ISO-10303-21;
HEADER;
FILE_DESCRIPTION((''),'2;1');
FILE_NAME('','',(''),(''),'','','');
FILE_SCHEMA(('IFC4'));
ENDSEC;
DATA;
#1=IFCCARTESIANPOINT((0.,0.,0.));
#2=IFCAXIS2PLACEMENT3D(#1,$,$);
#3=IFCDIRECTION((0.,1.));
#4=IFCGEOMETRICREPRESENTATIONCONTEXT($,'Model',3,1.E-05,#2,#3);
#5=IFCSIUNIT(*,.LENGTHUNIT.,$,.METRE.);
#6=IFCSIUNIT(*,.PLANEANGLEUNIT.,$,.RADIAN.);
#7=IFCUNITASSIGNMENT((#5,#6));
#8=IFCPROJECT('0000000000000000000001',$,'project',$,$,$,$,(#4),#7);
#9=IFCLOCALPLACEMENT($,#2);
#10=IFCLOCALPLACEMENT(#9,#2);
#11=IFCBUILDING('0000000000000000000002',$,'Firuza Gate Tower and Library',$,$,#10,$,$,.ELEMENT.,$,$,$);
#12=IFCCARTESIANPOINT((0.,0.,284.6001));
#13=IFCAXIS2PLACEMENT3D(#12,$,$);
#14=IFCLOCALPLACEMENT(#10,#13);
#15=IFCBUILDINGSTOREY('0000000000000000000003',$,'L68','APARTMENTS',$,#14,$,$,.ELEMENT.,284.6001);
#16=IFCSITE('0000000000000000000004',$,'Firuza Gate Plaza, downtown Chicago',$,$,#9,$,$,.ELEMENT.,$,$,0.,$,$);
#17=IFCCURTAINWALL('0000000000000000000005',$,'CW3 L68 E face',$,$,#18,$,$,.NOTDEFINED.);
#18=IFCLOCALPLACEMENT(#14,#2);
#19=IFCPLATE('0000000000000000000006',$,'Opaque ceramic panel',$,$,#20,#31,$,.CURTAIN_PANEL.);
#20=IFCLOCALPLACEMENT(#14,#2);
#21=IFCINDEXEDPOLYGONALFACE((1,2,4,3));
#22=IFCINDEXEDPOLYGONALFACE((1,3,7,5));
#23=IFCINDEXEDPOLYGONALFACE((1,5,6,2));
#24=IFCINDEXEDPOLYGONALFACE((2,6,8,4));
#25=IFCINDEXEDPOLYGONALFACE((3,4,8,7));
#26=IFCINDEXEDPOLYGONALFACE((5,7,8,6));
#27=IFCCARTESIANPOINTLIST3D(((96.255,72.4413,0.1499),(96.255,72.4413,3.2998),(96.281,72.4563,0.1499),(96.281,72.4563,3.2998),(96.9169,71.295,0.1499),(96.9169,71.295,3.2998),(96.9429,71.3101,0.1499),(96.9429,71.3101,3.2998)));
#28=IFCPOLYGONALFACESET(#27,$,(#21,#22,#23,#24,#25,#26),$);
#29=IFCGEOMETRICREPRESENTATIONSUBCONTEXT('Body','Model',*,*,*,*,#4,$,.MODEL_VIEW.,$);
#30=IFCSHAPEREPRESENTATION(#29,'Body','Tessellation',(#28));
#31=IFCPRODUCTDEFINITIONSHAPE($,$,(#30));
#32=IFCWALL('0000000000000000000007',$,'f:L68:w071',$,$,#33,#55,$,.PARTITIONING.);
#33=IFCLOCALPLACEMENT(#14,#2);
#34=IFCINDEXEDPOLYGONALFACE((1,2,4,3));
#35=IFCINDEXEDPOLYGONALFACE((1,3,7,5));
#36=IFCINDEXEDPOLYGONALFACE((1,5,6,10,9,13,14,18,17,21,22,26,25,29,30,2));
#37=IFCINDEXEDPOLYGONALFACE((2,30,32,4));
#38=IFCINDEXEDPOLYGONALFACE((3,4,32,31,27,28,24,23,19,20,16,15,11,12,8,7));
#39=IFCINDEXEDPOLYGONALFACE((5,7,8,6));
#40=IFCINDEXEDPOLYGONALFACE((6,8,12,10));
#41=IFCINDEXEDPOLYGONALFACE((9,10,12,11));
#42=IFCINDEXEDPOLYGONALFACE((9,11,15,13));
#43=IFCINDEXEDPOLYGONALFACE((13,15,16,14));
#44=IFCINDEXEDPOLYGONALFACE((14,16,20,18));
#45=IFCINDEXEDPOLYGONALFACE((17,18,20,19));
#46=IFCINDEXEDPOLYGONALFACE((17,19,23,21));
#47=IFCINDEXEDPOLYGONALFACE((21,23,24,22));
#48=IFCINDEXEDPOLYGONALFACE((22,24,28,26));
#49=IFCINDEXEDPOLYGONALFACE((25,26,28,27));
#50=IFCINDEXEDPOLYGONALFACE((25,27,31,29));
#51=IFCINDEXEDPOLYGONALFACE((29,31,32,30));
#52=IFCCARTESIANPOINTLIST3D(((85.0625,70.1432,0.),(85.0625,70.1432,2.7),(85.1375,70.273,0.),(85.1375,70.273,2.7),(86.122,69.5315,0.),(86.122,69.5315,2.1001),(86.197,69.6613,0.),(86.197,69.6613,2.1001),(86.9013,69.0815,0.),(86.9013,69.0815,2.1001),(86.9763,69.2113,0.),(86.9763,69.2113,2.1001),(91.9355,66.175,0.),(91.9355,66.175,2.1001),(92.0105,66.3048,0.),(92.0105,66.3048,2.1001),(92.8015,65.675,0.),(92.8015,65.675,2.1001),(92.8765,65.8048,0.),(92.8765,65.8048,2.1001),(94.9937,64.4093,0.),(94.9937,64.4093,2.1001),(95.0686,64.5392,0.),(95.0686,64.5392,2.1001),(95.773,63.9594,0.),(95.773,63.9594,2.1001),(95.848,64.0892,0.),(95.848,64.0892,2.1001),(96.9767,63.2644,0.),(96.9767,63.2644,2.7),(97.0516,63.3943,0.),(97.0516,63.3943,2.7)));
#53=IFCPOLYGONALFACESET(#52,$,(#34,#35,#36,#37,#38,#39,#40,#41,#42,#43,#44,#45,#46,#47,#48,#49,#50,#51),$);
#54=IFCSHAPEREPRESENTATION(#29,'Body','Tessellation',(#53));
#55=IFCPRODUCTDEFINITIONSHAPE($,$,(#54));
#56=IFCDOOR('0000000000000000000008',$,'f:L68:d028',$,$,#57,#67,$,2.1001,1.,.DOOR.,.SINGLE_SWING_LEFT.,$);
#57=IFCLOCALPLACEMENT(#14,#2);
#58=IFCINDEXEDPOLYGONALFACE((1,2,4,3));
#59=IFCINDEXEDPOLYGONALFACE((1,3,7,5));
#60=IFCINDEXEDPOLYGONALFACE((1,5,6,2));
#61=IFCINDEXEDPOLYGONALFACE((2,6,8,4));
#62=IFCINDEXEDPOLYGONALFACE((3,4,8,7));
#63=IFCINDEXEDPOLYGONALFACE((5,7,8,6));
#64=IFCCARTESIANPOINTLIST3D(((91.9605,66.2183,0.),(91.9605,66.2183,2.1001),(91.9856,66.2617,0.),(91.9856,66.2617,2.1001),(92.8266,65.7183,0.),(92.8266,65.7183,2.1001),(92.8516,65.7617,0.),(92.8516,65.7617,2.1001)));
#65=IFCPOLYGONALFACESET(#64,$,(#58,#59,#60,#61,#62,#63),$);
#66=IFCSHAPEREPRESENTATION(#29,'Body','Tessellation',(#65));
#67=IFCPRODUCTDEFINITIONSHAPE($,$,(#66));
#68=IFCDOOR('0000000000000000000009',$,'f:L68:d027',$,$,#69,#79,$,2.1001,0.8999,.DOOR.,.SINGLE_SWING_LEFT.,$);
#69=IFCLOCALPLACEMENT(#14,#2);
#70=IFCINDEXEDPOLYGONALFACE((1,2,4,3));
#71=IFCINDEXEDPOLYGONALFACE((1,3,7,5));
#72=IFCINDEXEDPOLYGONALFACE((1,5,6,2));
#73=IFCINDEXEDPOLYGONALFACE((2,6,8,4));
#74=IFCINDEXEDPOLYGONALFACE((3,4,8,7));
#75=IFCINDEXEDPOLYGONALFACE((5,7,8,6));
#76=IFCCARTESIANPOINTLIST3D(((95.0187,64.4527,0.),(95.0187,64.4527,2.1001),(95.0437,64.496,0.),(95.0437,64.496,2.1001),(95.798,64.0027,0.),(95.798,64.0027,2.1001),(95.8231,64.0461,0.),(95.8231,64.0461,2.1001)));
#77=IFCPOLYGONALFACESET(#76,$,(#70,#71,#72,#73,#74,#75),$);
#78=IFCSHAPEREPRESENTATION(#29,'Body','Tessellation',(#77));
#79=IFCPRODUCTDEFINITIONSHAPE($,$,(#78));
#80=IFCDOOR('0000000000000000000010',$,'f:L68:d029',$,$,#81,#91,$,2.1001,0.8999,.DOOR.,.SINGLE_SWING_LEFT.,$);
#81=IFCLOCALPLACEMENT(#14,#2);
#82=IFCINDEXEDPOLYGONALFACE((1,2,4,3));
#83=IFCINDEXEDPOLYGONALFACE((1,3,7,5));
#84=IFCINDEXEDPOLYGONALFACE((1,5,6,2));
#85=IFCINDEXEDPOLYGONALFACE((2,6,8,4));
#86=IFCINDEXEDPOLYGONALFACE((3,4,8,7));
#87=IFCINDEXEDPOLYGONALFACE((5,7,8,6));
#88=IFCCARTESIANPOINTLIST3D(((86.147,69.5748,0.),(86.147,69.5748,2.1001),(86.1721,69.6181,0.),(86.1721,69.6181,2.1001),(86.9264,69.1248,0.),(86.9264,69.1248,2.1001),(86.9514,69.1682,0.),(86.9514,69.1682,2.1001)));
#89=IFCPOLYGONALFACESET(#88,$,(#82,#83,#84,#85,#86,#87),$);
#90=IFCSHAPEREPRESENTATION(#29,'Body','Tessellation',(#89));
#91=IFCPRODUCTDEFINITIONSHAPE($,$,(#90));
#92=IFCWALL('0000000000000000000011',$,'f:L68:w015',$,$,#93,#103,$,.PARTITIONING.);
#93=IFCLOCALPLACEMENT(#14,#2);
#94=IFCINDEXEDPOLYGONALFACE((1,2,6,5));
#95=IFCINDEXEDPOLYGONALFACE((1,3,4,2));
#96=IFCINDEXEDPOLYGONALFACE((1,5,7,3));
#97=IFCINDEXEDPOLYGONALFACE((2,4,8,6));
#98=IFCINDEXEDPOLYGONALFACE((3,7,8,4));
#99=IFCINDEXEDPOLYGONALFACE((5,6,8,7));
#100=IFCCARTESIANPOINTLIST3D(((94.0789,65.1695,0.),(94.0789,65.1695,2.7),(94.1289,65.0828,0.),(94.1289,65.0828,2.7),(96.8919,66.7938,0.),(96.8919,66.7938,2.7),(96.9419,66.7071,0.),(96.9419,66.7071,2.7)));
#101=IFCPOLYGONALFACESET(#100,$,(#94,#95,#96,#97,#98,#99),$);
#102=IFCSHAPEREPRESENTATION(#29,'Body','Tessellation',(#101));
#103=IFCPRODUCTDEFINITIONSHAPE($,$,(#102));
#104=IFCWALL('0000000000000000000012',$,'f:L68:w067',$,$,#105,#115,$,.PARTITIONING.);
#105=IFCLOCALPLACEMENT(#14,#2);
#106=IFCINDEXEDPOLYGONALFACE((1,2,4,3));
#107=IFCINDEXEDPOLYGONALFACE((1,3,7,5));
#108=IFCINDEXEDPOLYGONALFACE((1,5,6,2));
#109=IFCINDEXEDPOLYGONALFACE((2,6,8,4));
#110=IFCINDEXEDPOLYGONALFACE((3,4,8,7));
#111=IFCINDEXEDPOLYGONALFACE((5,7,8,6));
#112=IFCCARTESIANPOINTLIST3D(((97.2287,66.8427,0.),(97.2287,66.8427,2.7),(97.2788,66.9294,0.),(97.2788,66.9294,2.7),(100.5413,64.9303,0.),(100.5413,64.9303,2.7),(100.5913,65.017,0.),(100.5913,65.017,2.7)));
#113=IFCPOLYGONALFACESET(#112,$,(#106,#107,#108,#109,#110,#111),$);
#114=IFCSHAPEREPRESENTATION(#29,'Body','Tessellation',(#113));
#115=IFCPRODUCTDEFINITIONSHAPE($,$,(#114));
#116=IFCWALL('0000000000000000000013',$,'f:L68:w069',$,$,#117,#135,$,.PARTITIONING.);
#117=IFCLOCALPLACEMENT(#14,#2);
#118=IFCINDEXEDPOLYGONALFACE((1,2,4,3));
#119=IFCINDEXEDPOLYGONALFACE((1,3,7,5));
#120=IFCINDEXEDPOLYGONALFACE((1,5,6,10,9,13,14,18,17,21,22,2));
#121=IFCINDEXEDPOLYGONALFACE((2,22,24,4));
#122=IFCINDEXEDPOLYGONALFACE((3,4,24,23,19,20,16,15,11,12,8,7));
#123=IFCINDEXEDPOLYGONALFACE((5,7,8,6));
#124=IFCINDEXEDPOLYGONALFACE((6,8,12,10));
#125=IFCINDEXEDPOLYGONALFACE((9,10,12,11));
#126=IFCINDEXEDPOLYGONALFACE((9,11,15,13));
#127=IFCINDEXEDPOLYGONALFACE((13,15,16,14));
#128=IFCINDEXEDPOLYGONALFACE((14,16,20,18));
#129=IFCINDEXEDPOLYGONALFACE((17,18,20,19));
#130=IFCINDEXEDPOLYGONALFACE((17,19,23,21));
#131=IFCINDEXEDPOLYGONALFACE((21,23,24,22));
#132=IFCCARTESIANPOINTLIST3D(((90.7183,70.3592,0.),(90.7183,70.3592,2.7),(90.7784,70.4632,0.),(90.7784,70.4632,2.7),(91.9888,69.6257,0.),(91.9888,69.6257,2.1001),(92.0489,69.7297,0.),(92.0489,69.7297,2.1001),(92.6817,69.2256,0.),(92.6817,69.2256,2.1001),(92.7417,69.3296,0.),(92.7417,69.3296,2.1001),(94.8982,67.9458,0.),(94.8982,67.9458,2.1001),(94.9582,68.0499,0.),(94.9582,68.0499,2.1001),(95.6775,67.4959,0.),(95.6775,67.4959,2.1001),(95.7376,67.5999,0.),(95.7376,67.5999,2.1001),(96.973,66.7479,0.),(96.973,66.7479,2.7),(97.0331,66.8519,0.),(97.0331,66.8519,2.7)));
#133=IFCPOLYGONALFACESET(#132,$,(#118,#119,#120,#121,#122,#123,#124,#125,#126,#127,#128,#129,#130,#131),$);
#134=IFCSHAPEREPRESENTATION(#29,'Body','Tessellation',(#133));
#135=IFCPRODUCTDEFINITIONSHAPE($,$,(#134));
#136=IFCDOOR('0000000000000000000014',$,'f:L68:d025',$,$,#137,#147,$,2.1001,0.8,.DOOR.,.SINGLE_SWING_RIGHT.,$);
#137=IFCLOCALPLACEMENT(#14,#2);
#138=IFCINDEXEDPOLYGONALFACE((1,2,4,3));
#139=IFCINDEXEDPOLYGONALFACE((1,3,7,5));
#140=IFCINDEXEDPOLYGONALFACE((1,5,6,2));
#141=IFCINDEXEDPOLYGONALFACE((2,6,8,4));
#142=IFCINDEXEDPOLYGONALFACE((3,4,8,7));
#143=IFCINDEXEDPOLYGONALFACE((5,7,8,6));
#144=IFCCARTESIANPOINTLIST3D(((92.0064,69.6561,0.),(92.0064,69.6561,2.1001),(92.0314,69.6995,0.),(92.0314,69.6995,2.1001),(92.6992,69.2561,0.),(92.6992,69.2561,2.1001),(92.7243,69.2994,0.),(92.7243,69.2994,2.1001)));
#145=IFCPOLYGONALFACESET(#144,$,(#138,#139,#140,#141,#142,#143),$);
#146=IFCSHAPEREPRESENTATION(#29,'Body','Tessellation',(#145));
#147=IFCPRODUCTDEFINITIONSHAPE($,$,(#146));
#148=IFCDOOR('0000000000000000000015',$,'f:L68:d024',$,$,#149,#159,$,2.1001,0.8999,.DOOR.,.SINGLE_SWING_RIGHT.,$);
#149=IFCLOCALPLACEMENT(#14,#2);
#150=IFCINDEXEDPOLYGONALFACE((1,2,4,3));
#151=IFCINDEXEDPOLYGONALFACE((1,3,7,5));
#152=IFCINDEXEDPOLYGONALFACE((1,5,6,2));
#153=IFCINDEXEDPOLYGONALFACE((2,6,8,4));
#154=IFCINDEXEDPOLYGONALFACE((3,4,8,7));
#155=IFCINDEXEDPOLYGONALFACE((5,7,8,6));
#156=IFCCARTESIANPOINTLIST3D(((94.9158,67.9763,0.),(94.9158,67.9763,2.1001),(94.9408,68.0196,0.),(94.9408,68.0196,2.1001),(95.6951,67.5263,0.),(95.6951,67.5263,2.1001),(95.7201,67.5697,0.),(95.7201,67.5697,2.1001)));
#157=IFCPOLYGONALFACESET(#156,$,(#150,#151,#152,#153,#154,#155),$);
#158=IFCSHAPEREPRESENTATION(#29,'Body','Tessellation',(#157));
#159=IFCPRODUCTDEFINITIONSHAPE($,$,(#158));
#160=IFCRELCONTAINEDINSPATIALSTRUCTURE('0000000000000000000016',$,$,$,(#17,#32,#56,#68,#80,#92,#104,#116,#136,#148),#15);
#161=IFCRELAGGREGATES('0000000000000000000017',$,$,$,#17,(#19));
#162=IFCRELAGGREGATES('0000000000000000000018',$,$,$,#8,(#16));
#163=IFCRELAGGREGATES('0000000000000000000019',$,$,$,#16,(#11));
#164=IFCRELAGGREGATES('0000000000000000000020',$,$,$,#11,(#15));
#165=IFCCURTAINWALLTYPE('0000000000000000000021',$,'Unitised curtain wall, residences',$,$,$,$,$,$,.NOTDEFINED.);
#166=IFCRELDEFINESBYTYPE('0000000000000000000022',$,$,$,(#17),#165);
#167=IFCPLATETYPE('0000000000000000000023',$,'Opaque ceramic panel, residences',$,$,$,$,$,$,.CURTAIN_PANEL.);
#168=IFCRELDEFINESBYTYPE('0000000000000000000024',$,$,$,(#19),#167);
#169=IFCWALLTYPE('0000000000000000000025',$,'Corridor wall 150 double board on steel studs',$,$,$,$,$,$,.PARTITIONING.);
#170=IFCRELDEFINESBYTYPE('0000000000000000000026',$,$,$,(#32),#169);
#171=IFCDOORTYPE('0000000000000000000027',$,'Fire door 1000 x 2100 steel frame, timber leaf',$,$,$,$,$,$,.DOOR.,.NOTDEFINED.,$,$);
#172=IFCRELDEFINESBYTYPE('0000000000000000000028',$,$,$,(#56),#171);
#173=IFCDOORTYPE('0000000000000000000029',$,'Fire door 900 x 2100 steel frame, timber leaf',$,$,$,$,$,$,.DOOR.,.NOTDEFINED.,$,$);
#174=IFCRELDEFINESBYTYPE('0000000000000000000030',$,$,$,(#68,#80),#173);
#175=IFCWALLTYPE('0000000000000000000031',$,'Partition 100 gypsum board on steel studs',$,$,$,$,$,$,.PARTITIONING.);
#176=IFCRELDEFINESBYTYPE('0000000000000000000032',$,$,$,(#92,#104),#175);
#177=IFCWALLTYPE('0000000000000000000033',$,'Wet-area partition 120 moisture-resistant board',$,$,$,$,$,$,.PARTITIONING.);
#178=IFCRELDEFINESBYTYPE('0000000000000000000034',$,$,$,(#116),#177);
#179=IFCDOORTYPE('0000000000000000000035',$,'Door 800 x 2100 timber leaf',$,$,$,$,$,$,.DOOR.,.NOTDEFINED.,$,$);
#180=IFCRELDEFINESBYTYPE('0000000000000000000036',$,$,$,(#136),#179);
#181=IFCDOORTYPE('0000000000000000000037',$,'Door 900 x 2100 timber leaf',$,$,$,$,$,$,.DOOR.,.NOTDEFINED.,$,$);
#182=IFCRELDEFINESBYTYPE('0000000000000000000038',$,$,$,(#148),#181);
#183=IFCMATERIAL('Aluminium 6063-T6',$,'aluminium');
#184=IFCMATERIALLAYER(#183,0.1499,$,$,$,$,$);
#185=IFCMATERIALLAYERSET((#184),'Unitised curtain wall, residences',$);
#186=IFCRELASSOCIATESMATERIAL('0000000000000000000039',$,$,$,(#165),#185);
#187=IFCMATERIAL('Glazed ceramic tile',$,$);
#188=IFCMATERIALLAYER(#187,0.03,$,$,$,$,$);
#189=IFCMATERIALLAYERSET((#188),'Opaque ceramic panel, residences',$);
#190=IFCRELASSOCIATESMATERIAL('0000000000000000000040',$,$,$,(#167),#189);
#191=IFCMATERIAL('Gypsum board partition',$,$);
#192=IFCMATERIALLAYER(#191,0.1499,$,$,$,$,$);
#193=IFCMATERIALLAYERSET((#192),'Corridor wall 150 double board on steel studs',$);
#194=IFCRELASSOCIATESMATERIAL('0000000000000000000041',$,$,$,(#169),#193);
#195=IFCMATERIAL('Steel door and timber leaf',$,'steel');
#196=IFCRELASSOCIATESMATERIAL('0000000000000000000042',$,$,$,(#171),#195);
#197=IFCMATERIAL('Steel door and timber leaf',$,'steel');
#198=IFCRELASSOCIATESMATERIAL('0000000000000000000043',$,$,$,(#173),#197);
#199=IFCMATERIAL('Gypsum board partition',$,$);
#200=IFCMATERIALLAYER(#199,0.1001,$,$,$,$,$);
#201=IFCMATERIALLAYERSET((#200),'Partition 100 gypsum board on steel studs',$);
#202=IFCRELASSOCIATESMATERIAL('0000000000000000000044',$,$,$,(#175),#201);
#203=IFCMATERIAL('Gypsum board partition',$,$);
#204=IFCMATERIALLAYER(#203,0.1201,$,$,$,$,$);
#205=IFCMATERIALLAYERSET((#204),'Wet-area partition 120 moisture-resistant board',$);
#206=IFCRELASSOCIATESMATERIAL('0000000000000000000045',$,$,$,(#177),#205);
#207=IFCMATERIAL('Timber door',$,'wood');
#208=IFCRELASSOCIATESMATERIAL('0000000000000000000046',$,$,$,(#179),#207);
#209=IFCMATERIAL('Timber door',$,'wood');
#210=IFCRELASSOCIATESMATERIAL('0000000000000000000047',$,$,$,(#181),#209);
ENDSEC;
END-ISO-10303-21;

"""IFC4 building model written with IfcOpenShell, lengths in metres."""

from ifc_helpers import new_model, si_unit, direction, frame, frame_2d, origin, place, context, subcontext, project, spatial, polyline, rectangle, outline, extrude, material, layer, layer_set, type_object, element, fill, aggregate, save


model = new_model("IFC4")

# Units and contexts
model_context = context("Model", 3, precision=1e-05, world=origin(), true_north=direction((0.0, 1.0)))
body_context = subcontext(model_context, "Body", "Model", "MODEL_VIEW")
ifc_project = project(units=[si_unit("LENGTHUNIT", "METRE"), si_unit("PLANEANGLEUNIT", "RADIAN")], contexts=[model_context])

# Site, building, storey
site_placement = place(None, origin())
site = spatial("IfcSite", under=ifc_project, at=site_placement, Name="Firuza Gate Plaza, downtown Chicago", CompositionType="ELEMENT", RefElevation=0.0)
building_placement = place(site_placement, origin())
building = spatial("IfcBuilding", under=site, at=building_placement, Name="Firuza Gate Tower and Library", CompositionType="ELEMENT")
storey_placement = place(building_placement, frame((0.0, 0.0, 284.6001)))
storey = spatial("IfcBuildingStorey", under=building, at=storey_placement, Name="L68", Description="APARTMENTS", CompositionType="ELEMENT", Elevation=284.6001)

# Curtain wall
ifc_material_1 = material(Name="Aluminium 6063-T6", Category="aluminium")
ifc_layer_1 = layer(ifc_material_1, 0.1499)
ifc_layer_set_1 = layer_set([ifc_layer_1], Name="Unitised curtain wall, residences")
curtain_wall_type = type_object("IfcCurtainWallType", Name="Unitised curtain wall, residences", PredefinedType="NOTDEFINED", material=ifc_layer_set_1)
curtain_wall_placement = place(storey_placement, origin())
curtain_wall = element("IfcCurtainWall", 1, at=curtain_wall_placement, inside=storey, type_object=curtain_wall_type, Name="CW3 L68 E face", PredefinedType="NOTDEFINED")

# Plate
ifc_material_2 = material(Name="Glazed ceramic tile")
ifc_layer_2 = layer(ifc_material_2, 0.03)
ifc_layer_set_2 = layer_set([ifc_layer_2], Name="Opaque ceramic panel, residences")
plate_type_1 = type_object("IfcPlateType", Name="Opaque ceramic panel, residences", PredefinedType="CURTAIN_PANEL", material=ifc_layer_set_2)
plate_1_placement = place(storey_placement, frame((96.9429, 71.3101, 0.1499), z_axis=(0.865998, 0.500047, 0.0), x_axis=(-0.500047, 0.865998, 0.0)))
plate_1 = element("IfcPlate", 2, at=plate_1_placement, type_object=plate_type_1, Name="Opaque ceramic panel", PredefinedType="CURTAIN_PANEL", context=body_context, shape_type="SweptSolid", body=[
    extrude(outline(polyline([(0.0, 0.0), (1.3236, 0.0), (1.3236, 3.1499), (0.0, 3.1499), (0.0, 0.0)])), origin(), (0.0, 0.0, -1.0), 0.03),
])
aggregate(curtain_wall, [plate_1])

# Wall, openings, doors
ifc_material_3 = material(Name="Gypsum board partition")
ifc_layer_3 = layer(ifc_material_3, 0.1499)
ifc_layer_set_3 = layer_set([ifc_layer_3], Name="Corridor wall 150 double board on steel studs")
wall_type_1 = type_object("IfcWallType", Name="Corridor wall 150 double board on steel studs", PredefinedType="PARTITIONING", material=ifc_layer_set_3)
wall_1_placement = place(storey_placement, frame((97.0142, 63.3293, 0.0), z_axis=(0.0, 0.0, 1.0), x_axis=(-0.866023, 0.500004, 0.0)))
wall_1 = element("IfcWall", 3, at=wall_1_placement, inside=storey, type_object=wall_type_1, Name="f:L68:w071", PredefinedType="PARTITIONING", context=body_context, shape_type="SweptSolid", body=[
    extrude(rectangle(XDim=13.7573, YDim=0.1499, at=frame_2d((6.8787, 0.0))), origin(), (0.0, 0.0, 1.0), 2.7),
])
opening_1_placement = place(wall_1_placement, frame((1.3899, 0.0, 0.0)))
opening_1 = element("IfcOpeningElement", 4, at=opening_1_placement, cuts=wall_1, PredefinedType="OPENING", context=body_context, shape_type="SweptSolid", body=[
    extrude(rectangle(XDim=0.8999, YDim=2.1001, at=frame_2d((0.45, 1.05))), frame((0.0, 0.085, 0.0), z_axis=(0.0, -1.0, 0.0), x_axis=(1.0, 0.0, 0.0)), (0.0, 0.0, 1.0), 0.1699),
])
opening_2_placement = place(wall_1_placement, frame((4.821, 0.0, 0.0)))
opening_2 = element("IfcOpeningElement", 5, at=opening_2_placement, cuts=wall_1, PredefinedType="OPENING", context=body_context, shape_type="SweptSolid", body=[
    extrude(rectangle(XDim=1.0, YDim=2.1001, at=frame_2d((0.5, 1.05))), frame((0.0, 0.085, 0.0), z_axis=(0.0, -1.0, 0.0), x_axis=(1.0, 0.0, 0.0)), (0.0, 0.0, 1.0), 0.1699),
])
opening_3_placement = place(wall_1_placement, frame((11.634, 0.0, 0.0)))
opening_3 = element("IfcOpeningElement", 6, at=opening_3_placement, cuts=wall_1, PredefinedType="OPENING", context=body_context, shape_type="SweptSolid", body=[
    extrude(rectangle(XDim=0.8999, YDim=2.1001, at=frame_2d((0.45, 1.05))), frame((0.0, 0.085, 0.0), z_axis=(0.0, -1.0, 0.0), x_axis=(1.0, 0.0, 0.0)), (0.0, 0.0, 1.0), 0.1699),
])
ifc_material_4 = material(Name="Steel door and timber leaf", Category="steel")
door_type_1 = type_object("IfcDoorType", Name="Fire door 1000 x 2100 steel frame, timber leaf", OperationType="NOTDEFINED", PredefinedType="DOOR", material=ifc_material_4)
door_1_placement = place(opening_2_placement, origin())
door_1 = element("IfcDoor", 7, at=door_1_placement, inside=storey, type_object=door_type_1, Name="f:L68:d028", OperationType="SINGLE_SWING_LEFT", OverallHeight=2.1001, OverallWidth=1.0, PredefinedType="DOOR", context=body_context, shape_type="SweptSolid", body=[
    extrude(rectangle(XDim=1.0, YDim=2.1001, at=frame_2d((0.5, 1.05))), frame((0.0, 0.0249, 0.0), z_axis=(0.0, -1.0, 0.0), x_axis=(1.0, 0.0, 0.0)), (0.0, 0.0, 1.0), 0.05),
])
fill(opening_2, door_1)
ifc_material_5 = material(Name="Steel door and timber leaf", Category="steel")
door_type_2 = type_object("IfcDoorType", Name="Fire door 900 x 2100 steel frame, timber leaf", OperationType="NOTDEFINED", PredefinedType="DOOR", material=ifc_material_5)
door_2_placement = place(opening_1_placement, origin())
door_2 = element("IfcDoor", 8, at=door_2_placement, inside=storey, type_object=door_type_2, Name="f:L68:d027", OperationType="SINGLE_SWING_LEFT", OverallHeight=2.1001, OverallWidth=0.8999, PredefinedType="DOOR", context=body_context, shape_type="SweptSolid", body=[
    extrude(rectangle(XDim=0.8999, YDim=2.1001, at=frame_2d((0.45, 1.05))), frame((0.0, 0.0249, 0.0), z_axis=(0.0, -1.0, 0.0), x_axis=(1.0, 0.0, 0.0)), (0.0, 0.0, 1.0), 0.05),
])
fill(opening_1, door_2)
door_3_placement = place(opening_3_placement, origin())
door_3 = element("IfcDoor", 9, at=door_3_placement, inside=storey, type_object=door_type_2, Name="f:L68:d029", OperationType="SINGLE_SWING_LEFT", OverallHeight=2.1001, OverallWidth=0.8999, PredefinedType="DOOR", context=body_context, shape_type="SweptSolid", body=[
    extrude(rectangle(XDim=0.8999, YDim=2.1001, at=frame_2d((0.45, 1.05))), frame((0.0, 0.0249, 0.0), z_axis=(0.0, -1.0, 0.0), x_axis=(1.0, 0.0, 0.0)), (0.0, 0.0, 1.0), 0.05),
])
fill(opening_3, door_3)

# Walls
ifc_material_6 = material(Name="Gypsum board partition")
ifc_layer_4 = layer(ifc_material_6, 0.1001)
ifc_layer_set_4 = layer_set([ifc_layer_4], Name="Partition 100 gypsum board on steel studs")
wall_type_2 = type_object("IfcWallType", Name="Partition 100 gypsum board on steel studs", PredefinedType="PARTITIONING", material=ifc_layer_set_4)
wall_2_placement = place(storey_placement, frame((94.104, 65.1262, 0.0), z_axis=(0.0, 0.0, 1.0), x_axis=(0.866, 0.500043, 0.0)))
element("IfcWall", 10, at=wall_2_placement, inside=storey, type_object=wall_type_2, Name="f:L68:w015", PredefinedType="PARTITIONING", context=body_context, shape_type="SweptSolid", body=[
    extrude(rectangle(XDim=3.2483, YDim=0.1001, at=frame_2d((1.624, 0.0))), origin(), (0.0, 0.0, 1.0), 2.7),
])
wall_3_placement = place(storey_placement, frame((100.5664, 64.9736, 0.0), z_axis=(0.0, 0.0, 1.0), x_axis=(-0.866039, 0.499977, 0.0)))
element("IfcWall", 11, at=wall_3_placement, inside=storey, type_object=wall_type_2, Name="f:L68:w067", PredefinedType="PARTITIONING", context=body_context, shape_type="SweptSolid", body=[
    extrude(rectangle(XDim=3.825, YDim=0.1001, at=frame_2d((1.9126, 0.0))), origin(), (0.0, 0.0, 1.0), 2.7),
])

# Wall, openings, doors
ifc_material_7 = material(Name="Gypsum board partition")
ifc_layer_5 = layer(ifc_material_7, 0.1201)
ifc_layer_set_5 = layer_set([ifc_layer_5], Name="Wet-area partition 120 moisture-resistant board")
wall_type_3 = type_object("IfcWallType", Name="Wet-area partition 120 moisture-resistant board", PredefinedType="PARTITIONING", material=ifc_layer_set_5)
wall_4_placement = place(storey_placement, frame((97.0032, 66.7998, 0.0), z_axis=(0.0, 0.0, 1.0), x_axis=(-0.866013, 0.500022, 0.0)))
wall_4 = element("IfcWall", 12, at=wall_4_placement, inside=storey, type_object=wall_type_3, Name="f:L68:w069", PredefinedType="PARTITIONING", context=body_context, shape_type="SweptSolid", body=[
    extrude(rectangle(XDim=7.2224, YDim=0.1201, at=frame_2d((3.6113, 0.0))), origin(), (0.0, 0.0, 1.0), 2.7),
])
opening_4_placement = place(wall_4_placement, frame((1.4961, 0.0, 0.0)))
opening_4 = element("IfcOpeningElement", 13, at=opening_4_placement, cuts=wall_4, PredefinedType="OPENING", context=body_context, shape_type="SweptSolid", body=[
    extrude(rectangle(XDim=0.8999, YDim=2.1001, at=frame_2d((0.45, 1.05))), frame((0.0, 0.0701, 0.0), z_axis=(0.0, -1.0, 0.0), x_axis=(1.0, 0.0, 0.0)), (0.0, 0.0, 1.0), 0.1401),
])
opening_5_placement = place(wall_4_placement, frame((4.9556, 0.0, 0.0)))
opening_5 = element("IfcOpeningElement", 14, at=opening_5_placement, cuts=wall_4, PredefinedType="OPENING", context=body_context, shape_type="SweptSolid", body=[
    extrude(rectangle(XDim=0.8, YDim=2.1001, at=frame_2d((0.3999, 1.05))), frame((0.0, 0.0701, 0.0), z_axis=(0.0, -1.0, 0.0), x_axis=(1.0, 0.0, 0.0)), (0.0, 0.0, 1.0), 0.1401),
])
ifc_material_8 = material(Name="Timber door", Category="wood")
door_type_3 = type_object("IfcDoorType", Name="Door 800 x 2100 timber leaf", OperationType="NOTDEFINED", PredefinedType="DOOR", material=ifc_material_8)
door_4_placement = place(opening_5_placement, origin())
door_4 = element("IfcDoor", 15, at=door_4_placement, inside=storey, type_object=door_type_3, Name="f:L68:d025", OperationType="SINGLE_SWING_RIGHT", OverallHeight=2.1001, OverallWidth=0.8, PredefinedType="DOOR", context=body_context, shape_type="SweptSolid", body=[
    extrude(rectangle(XDim=0.8, YDim=2.1001, at=frame_2d((0.3999, 1.05))), frame((0.0, 0.0249, 0.0), z_axis=(0.0, -1.0, 0.0), x_axis=(1.0, 0.0, 0.0)), (0.0, 0.0, 1.0), 0.05),
])
fill(opening_5, door_4)
ifc_material_9 = material(Name="Timber door", Category="wood")
door_type_4 = type_object("IfcDoorType", Name="Door 900 x 2100 timber leaf", OperationType="NOTDEFINED", PredefinedType="DOOR", material=ifc_material_9)
door_5_placement = place(opening_4_placement, origin())
door_5 = element("IfcDoor", 16, at=door_5_placement, inside=storey, type_object=door_type_4, Name="f:L68:d024", OperationType="SINGLE_SWING_RIGHT", OverallHeight=2.1001, OverallWidth=0.8999, PredefinedType="DOOR", context=body_context, shape_type="SweptSolid", body=[
    extrude(rectangle(XDim=0.8999, YDim=2.1001, at=frame_2d((0.45, 1.05))), frame((0.0, 0.0249, 0.0), z_axis=(0.0, -1.0, 0.0), x_axis=(1.0, 0.0, 0.0)), (0.0, 0.0, 1.0), 0.05),
])
fill(opening_4, door_5)

save(model, "model.ifc")
